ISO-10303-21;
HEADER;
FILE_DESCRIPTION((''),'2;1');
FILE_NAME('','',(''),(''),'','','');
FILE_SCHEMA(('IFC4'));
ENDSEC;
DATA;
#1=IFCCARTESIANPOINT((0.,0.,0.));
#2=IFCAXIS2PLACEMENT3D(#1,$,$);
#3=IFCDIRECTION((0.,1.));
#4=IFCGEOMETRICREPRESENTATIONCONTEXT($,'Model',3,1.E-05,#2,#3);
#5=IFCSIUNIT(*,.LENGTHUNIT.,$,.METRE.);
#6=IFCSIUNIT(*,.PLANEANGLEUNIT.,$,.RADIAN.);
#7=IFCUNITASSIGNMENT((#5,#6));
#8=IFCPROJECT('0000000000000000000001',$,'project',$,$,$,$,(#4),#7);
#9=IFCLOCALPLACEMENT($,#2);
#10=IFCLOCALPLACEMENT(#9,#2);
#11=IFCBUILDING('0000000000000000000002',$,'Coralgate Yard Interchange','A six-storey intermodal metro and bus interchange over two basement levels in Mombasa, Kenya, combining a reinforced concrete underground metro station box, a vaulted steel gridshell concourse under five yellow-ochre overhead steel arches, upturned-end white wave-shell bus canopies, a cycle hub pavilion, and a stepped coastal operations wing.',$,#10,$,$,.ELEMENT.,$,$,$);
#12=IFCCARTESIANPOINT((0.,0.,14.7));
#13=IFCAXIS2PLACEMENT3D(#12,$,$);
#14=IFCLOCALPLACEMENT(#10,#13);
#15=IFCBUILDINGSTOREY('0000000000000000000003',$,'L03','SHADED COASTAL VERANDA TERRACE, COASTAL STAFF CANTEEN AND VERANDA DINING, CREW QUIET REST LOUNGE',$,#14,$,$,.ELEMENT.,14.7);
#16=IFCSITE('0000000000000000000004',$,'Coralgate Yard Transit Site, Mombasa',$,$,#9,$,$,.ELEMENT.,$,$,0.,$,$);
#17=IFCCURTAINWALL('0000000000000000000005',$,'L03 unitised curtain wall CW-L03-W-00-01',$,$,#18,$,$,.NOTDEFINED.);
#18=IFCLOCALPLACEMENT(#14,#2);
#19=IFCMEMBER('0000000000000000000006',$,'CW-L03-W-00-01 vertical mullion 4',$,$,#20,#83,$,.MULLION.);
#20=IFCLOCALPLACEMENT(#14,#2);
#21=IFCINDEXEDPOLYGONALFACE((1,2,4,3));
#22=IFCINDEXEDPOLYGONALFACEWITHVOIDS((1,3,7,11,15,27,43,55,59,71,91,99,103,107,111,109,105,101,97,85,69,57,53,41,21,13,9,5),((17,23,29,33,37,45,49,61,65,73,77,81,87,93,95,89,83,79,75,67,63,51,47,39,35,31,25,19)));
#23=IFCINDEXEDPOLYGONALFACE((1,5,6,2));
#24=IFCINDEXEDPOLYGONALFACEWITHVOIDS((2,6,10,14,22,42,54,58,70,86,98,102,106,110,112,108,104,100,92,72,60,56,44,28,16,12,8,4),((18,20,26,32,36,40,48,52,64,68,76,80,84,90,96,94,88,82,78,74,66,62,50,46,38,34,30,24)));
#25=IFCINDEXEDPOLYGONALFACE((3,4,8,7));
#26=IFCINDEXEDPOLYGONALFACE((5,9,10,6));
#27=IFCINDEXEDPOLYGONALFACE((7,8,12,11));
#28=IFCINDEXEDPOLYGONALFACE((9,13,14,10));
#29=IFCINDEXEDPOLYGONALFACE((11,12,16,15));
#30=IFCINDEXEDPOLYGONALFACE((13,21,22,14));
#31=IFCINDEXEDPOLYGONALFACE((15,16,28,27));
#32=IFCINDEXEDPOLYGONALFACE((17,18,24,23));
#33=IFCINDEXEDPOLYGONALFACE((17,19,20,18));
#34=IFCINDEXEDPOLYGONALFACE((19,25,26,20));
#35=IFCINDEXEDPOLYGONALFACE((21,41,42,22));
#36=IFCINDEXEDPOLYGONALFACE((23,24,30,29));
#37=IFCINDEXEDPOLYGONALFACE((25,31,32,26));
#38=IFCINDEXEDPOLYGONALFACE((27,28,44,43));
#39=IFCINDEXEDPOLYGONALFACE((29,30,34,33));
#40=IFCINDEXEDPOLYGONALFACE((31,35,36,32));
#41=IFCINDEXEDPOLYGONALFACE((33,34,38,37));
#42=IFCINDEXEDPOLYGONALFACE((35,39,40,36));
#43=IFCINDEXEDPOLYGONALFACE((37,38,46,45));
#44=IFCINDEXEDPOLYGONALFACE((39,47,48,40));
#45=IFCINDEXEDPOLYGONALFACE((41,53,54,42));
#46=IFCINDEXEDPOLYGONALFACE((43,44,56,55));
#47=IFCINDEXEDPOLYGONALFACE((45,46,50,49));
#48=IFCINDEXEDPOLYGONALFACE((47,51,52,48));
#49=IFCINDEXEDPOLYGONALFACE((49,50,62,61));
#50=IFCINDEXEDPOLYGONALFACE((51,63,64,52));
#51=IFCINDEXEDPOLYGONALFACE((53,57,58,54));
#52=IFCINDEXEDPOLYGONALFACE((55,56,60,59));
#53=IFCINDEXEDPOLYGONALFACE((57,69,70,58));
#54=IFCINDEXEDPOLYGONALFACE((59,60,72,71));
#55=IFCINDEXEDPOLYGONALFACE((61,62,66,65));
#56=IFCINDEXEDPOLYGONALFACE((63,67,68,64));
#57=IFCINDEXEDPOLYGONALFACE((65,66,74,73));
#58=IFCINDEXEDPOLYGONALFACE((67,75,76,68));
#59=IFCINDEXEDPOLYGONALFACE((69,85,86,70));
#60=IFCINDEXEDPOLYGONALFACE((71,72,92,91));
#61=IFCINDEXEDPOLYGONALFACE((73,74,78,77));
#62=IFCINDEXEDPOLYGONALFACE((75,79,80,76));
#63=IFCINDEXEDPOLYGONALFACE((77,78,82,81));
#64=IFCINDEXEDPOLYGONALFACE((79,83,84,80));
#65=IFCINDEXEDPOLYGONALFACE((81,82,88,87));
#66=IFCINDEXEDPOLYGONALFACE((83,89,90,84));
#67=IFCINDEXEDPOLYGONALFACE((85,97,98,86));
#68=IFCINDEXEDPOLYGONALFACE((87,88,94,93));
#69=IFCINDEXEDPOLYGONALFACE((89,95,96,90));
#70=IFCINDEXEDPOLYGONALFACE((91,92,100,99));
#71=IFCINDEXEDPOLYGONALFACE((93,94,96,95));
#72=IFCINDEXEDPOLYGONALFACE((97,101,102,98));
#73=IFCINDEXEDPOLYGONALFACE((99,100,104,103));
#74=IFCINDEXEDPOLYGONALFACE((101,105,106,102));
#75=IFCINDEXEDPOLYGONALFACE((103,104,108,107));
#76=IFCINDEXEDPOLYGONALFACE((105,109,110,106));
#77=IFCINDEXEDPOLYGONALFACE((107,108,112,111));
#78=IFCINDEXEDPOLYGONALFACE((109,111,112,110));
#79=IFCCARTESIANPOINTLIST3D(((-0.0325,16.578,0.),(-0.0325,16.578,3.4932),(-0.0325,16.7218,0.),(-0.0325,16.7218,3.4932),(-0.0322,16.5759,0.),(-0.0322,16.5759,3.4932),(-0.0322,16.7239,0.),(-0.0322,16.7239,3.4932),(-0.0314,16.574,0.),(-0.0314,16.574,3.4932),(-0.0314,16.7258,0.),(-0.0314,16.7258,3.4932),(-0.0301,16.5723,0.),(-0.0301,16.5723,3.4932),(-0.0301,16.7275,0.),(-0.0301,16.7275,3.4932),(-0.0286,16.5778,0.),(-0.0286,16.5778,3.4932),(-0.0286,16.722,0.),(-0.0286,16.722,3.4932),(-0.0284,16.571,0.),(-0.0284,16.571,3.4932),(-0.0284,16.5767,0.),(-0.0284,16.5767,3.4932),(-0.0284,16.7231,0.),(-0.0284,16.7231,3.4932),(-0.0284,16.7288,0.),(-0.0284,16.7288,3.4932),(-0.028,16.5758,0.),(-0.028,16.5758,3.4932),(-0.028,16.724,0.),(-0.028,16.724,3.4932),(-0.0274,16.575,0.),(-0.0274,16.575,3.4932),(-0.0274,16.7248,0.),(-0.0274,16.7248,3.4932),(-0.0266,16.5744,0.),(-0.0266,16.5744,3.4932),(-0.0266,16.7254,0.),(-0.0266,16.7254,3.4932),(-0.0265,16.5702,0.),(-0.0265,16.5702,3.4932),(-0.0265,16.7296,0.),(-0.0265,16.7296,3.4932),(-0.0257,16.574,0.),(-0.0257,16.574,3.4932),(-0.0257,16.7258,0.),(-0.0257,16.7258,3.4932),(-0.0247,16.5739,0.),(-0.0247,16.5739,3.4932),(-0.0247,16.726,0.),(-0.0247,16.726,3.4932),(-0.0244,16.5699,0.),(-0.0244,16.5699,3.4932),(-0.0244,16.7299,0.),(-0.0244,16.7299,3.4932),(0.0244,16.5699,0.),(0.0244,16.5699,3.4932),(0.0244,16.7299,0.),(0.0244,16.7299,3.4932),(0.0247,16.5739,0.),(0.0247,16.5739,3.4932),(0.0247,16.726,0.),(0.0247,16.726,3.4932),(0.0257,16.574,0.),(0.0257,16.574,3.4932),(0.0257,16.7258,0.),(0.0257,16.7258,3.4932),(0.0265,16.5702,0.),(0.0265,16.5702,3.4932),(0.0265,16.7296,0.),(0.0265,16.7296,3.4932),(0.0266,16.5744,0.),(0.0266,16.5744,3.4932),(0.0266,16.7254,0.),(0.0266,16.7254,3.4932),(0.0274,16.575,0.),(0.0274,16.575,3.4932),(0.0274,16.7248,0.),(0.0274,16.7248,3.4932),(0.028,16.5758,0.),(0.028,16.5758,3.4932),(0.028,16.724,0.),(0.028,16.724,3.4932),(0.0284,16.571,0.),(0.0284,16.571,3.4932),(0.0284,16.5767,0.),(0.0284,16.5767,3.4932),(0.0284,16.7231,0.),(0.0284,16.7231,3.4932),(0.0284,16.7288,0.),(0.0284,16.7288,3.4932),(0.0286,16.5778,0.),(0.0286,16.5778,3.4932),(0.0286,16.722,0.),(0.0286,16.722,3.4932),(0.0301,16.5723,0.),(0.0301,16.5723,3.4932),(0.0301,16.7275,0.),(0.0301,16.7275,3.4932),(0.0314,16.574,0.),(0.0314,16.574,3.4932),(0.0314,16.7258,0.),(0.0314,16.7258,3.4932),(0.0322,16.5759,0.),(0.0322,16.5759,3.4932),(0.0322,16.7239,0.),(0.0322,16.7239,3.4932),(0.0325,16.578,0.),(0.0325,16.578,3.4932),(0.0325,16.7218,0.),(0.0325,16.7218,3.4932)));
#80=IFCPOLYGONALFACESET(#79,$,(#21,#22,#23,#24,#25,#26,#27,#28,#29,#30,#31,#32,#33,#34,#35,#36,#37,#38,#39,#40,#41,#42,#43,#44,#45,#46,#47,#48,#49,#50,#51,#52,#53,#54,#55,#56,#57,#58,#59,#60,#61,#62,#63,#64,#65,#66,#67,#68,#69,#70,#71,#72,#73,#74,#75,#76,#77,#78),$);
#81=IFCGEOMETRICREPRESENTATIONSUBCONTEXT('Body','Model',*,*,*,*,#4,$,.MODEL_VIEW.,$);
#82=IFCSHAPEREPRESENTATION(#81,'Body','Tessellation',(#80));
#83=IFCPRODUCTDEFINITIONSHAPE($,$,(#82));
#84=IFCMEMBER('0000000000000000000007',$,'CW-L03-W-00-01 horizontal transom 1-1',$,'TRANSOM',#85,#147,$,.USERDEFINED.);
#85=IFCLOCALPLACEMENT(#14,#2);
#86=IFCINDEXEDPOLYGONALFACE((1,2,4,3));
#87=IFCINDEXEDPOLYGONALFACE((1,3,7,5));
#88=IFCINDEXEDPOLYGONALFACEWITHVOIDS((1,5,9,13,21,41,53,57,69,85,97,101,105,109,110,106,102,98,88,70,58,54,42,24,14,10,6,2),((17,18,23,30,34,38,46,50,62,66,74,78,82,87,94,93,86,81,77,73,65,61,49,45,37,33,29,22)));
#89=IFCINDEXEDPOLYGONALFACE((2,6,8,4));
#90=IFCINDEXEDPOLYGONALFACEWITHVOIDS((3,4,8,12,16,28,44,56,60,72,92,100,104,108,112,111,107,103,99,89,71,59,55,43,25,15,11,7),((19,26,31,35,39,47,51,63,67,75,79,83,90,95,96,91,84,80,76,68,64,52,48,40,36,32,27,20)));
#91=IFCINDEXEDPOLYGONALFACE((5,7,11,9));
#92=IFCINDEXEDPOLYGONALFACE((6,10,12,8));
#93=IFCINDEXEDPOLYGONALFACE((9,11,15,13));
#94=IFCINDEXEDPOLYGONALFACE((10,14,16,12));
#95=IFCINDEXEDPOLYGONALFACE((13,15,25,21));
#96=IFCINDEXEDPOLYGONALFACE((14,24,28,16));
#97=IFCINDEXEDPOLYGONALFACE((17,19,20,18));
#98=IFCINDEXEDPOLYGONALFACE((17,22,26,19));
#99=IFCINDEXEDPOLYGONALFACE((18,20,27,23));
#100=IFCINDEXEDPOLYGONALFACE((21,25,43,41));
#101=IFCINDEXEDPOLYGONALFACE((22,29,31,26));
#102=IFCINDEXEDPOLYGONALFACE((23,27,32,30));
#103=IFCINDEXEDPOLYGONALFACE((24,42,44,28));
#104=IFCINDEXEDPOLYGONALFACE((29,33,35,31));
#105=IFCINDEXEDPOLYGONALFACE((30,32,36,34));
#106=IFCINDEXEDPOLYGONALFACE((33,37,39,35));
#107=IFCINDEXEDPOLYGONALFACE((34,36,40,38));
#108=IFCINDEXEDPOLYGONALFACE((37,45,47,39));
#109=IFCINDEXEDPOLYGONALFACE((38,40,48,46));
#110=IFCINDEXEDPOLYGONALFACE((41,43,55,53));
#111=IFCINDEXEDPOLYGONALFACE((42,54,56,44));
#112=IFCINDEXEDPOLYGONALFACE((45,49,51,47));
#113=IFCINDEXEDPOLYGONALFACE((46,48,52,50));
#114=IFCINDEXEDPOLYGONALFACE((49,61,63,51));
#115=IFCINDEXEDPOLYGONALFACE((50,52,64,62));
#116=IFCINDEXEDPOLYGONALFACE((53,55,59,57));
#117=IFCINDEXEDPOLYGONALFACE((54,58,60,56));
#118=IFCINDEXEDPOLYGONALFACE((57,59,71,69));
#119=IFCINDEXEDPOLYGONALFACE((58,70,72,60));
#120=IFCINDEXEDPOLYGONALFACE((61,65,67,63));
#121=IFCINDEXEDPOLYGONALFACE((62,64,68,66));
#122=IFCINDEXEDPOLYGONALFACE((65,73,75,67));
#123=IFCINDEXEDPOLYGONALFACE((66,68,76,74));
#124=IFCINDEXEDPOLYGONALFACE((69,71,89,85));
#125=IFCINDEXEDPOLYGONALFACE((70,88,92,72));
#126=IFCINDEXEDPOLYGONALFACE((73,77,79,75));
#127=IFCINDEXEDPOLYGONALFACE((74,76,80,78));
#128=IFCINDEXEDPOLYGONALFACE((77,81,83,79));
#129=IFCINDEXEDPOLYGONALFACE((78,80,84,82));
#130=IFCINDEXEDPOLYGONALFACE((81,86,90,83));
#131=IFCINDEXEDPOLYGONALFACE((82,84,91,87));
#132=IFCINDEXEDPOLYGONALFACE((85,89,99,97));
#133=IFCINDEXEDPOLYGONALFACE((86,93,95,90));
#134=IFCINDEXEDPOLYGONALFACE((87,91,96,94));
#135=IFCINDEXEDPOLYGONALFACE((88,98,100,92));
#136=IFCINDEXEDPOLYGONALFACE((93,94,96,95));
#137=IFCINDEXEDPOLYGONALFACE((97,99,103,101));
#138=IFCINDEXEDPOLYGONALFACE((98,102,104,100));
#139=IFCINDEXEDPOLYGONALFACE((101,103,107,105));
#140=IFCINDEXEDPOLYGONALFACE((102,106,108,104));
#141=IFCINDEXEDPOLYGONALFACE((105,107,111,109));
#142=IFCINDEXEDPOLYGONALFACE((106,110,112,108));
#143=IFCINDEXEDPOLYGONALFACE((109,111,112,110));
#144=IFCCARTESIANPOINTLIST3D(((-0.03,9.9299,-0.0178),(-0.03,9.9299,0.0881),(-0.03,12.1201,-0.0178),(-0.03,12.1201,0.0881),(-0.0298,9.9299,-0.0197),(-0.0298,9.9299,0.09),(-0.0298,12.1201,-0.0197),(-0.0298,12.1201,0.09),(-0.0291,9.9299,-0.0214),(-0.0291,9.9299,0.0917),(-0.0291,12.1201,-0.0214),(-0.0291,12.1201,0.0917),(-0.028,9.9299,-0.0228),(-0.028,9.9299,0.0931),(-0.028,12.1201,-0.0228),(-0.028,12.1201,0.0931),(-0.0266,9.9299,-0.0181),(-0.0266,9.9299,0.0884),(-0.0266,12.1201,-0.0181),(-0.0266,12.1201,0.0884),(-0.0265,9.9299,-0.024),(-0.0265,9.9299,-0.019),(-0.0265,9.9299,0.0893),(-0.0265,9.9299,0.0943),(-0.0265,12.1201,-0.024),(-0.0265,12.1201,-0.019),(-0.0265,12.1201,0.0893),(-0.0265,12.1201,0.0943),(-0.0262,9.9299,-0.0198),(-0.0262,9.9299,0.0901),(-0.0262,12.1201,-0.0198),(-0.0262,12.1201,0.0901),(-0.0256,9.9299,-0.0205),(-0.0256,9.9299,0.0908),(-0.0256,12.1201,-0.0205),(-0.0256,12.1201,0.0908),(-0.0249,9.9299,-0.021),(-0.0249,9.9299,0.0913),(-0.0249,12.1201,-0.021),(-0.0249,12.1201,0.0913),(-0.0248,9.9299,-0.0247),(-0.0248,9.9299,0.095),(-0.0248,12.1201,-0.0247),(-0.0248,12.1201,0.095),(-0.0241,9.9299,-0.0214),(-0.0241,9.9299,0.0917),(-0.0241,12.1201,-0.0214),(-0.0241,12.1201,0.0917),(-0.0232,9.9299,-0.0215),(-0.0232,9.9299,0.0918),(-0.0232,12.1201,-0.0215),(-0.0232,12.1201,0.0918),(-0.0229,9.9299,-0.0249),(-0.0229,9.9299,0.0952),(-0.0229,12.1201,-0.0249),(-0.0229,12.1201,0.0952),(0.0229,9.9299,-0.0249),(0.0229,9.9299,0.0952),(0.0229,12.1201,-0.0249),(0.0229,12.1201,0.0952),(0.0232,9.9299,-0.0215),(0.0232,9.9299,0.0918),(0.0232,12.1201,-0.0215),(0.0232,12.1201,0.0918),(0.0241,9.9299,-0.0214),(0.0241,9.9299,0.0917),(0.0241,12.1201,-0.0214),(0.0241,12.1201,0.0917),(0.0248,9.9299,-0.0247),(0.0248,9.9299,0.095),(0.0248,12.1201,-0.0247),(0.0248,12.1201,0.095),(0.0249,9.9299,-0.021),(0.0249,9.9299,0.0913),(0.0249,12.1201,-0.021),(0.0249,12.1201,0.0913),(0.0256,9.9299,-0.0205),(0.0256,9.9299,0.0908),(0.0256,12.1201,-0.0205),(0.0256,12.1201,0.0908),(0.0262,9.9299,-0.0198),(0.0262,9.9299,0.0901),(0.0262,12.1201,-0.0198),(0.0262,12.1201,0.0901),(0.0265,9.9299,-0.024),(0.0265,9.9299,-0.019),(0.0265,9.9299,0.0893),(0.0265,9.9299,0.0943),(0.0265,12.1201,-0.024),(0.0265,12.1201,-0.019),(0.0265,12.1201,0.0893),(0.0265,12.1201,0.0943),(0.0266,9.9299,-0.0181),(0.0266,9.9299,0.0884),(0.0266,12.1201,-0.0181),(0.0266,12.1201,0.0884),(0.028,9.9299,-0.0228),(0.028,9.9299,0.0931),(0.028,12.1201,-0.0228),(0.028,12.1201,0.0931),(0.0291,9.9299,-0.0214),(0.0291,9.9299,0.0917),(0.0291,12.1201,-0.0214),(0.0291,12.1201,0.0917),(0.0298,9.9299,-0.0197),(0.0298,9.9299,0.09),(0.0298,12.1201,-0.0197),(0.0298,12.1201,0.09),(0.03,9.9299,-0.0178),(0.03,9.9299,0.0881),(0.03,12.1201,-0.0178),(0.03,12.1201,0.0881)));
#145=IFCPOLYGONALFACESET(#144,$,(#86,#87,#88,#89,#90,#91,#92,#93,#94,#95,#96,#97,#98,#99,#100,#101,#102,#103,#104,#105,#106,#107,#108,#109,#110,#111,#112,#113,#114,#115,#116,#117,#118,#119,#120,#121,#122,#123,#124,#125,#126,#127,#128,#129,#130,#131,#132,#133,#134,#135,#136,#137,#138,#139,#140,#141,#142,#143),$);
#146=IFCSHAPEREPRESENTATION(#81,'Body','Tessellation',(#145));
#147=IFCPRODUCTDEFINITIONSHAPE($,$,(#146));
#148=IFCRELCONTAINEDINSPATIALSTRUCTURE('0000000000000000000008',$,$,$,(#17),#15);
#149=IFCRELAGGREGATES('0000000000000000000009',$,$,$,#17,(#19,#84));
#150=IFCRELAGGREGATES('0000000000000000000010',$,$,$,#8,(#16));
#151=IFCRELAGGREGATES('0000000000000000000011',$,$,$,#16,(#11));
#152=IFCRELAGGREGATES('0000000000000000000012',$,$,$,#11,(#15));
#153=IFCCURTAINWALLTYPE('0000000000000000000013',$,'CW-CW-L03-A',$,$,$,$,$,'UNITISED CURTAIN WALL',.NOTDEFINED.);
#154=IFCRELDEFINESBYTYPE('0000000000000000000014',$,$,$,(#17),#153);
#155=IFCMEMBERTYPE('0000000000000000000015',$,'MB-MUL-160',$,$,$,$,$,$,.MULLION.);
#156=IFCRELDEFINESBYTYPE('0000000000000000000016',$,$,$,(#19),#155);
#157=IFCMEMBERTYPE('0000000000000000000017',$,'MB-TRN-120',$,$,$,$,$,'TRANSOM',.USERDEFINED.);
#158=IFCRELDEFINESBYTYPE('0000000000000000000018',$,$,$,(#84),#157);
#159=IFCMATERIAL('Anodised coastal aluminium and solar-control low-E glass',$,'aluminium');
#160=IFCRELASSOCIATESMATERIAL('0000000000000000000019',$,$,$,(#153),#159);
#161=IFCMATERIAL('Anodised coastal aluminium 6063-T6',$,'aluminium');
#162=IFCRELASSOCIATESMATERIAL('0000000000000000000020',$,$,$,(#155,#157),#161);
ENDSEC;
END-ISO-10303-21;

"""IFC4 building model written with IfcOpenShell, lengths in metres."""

from ifc_helpers import new_model, si_unit, direction, frame, origin, origin_2d, place, context, subcontext, project, spatial, hollow_rectangle, extrude, material, material_profile, profile_set, type_object, element, aggregate, save


model = new_model("IFC4")

# Units and contexts
model_context = context("Model", 3, precision=1e-05, world=origin(), true_north=direction((0.0, 1.0)))
body_context = subcontext(model_context, "Body", "Model", "MODEL_VIEW")
ifc_project = project(units=[si_unit("LENGTHUNIT", "METRE"), si_unit("PLANEANGLEUNIT", "RADIAN")], contexts=[model_context])

# Site, building, storey
site_placement = place(None, origin())
site = spatial("IfcSite", under=ifc_project, at=site_placement, Name="Coralgate Yard Transit Site, Mombasa", CompositionType="ELEMENT", RefElevation=0.0)
building_placement = place(site_placement, origin())
building = spatial("IfcBuilding", under=site, at=building_placement, Name="Coralgate Yard Interchange", Description="A six-storey intermodal metro and bus interchange over two basement levels in Mombasa, Kenya, combining a reinforced concrete underground metro station box, a vaulted steel gridshell concourse under five yellow-ochre overhead steel arches, upturned-end white wave-shell bus canopies, a cycle hub pavilion, and a stepped coastal operations wing.", CompositionType="ELEMENT")
storey_placement = place(building_placement, frame((0.0, 0.0, 14.7)))
storey = spatial("IfcBuildingStorey", under=building, at=storey_placement, Name="L03", Description="SHADED COASTAL VERANDA TERRACE, COASTAL STAFF CANTEEN AND VERANDA DINING, CREW QUIET REST LOUNGE", CompositionType="ELEMENT", Elevation=14.7)

# Curtain wall, members
ifc_material_1 = material(Name="Anodised coastal aluminium and solar-control low-E glass", Category="aluminium")
curtain_wall_type = type_object("IfcCurtainWallType", Name="CW-CW-L03-A", ElementType="UNITISED CURTAIN WALL", PredefinedType="NOTDEFINED", material=ifc_material_1)
curtain_wall_placement = place(storey_placement, origin())
curtain_wall = element("IfcCurtainWall", 1, at=curtain_wall_placement, inside=storey, type_object=curtain_wall_type, Name="L03 unitised curtain wall CW-L03-W-00-01", PredefinedType="NOTDEFINED")
ifc_material_2 = material(Name="Anodised coastal aluminium 6063-T6", Category="aluminium")
ifc_material_profile_1 = material_profile(ifc_material_2, hollow_rectangle(XDim=0.0649, YDim=0.1599, WallThickness=0.0039, InnerFilletRadius=0.0039, OuterFilletRadius=0.0081, at=origin_2d()), Name="ALU 65x160x4")
ifc_profile_set_1 = profile_set([ifc_material_profile_1], Name="Anodised coastal aluminium 6063-T6")
member_type_1 = type_object("IfcMemberType", Name="MB-MUL-160", PredefinedType="MULLION", material=ifc_profile_set_1)
member_1_placement = place(storey_placement, frame((0.0, 16.6499, 0.0), z_axis=(0.0, 0.0, 1.0), x_axis=(1.0, 0.0, 0.0)))
member_1 = element("IfcMember", 2, at=member_1_placement, type_object=member_type_1, Name="CW-L03-W-00-01 vertical mullion 4", PredefinedType="MULLION", context=body_context, shape_type="SweptSolid", body=[
    extrude(hollow_rectangle(XDim=0.0649, YDim=0.1599, WallThickness=0.0039, InnerFilletRadius=0.0039, OuterFilletRadius=0.0081, at=origin_2d()), origin(), (0.0, 0.0, 1.0), 3.4932),
])
ifc_material_profile_2 = material_profile(ifc_material_2, hollow_rectangle(XDim=0.0601, YDim=0.1201, WallThickness=0.0034, InnerFilletRadius=0.0034, OuterFilletRadius=0.0071, at=origin_2d()), Name="ALU 60x120x3.5")
ifc_profile_set_2 = profile_set([ifc_material_profile_2], Name="Anodised coastal aluminium 6063-T6")
member_type_2 = type_object("IfcMemberType", Name="MB-TRN-120", ElementType="TRANSOM", PredefinedType="USERDEFINED", material=ifc_profile_set_2)
member_2_placement = place(storey_placement, frame((0.0, 9.9299, 0.0352), z_axis=(0.0, 1.0, 0.0), x_axis=(-1.0, 0.0, 0.0)))
member_2 = element("IfcMember", 3, at=member_2_placement, type_object=member_type_2, Name="CW-L03-W-00-01 horizontal transom 1-1", ObjectType="TRANSOM", PredefinedType="USERDEFINED", context=body_context, shape_type="SweptSolid", body=[
    extrude(hollow_rectangle(XDim=0.0601, YDim=0.1201, WallThickness=0.0034, InnerFilletRadius=0.0034, OuterFilletRadius=0.0071, at=origin_2d()), origin(), (0.0, 0.0, 1.0), 2.1902),
])
aggregate(curtain_wall, [member_1, member_2])

save(model, "model.ifc")
